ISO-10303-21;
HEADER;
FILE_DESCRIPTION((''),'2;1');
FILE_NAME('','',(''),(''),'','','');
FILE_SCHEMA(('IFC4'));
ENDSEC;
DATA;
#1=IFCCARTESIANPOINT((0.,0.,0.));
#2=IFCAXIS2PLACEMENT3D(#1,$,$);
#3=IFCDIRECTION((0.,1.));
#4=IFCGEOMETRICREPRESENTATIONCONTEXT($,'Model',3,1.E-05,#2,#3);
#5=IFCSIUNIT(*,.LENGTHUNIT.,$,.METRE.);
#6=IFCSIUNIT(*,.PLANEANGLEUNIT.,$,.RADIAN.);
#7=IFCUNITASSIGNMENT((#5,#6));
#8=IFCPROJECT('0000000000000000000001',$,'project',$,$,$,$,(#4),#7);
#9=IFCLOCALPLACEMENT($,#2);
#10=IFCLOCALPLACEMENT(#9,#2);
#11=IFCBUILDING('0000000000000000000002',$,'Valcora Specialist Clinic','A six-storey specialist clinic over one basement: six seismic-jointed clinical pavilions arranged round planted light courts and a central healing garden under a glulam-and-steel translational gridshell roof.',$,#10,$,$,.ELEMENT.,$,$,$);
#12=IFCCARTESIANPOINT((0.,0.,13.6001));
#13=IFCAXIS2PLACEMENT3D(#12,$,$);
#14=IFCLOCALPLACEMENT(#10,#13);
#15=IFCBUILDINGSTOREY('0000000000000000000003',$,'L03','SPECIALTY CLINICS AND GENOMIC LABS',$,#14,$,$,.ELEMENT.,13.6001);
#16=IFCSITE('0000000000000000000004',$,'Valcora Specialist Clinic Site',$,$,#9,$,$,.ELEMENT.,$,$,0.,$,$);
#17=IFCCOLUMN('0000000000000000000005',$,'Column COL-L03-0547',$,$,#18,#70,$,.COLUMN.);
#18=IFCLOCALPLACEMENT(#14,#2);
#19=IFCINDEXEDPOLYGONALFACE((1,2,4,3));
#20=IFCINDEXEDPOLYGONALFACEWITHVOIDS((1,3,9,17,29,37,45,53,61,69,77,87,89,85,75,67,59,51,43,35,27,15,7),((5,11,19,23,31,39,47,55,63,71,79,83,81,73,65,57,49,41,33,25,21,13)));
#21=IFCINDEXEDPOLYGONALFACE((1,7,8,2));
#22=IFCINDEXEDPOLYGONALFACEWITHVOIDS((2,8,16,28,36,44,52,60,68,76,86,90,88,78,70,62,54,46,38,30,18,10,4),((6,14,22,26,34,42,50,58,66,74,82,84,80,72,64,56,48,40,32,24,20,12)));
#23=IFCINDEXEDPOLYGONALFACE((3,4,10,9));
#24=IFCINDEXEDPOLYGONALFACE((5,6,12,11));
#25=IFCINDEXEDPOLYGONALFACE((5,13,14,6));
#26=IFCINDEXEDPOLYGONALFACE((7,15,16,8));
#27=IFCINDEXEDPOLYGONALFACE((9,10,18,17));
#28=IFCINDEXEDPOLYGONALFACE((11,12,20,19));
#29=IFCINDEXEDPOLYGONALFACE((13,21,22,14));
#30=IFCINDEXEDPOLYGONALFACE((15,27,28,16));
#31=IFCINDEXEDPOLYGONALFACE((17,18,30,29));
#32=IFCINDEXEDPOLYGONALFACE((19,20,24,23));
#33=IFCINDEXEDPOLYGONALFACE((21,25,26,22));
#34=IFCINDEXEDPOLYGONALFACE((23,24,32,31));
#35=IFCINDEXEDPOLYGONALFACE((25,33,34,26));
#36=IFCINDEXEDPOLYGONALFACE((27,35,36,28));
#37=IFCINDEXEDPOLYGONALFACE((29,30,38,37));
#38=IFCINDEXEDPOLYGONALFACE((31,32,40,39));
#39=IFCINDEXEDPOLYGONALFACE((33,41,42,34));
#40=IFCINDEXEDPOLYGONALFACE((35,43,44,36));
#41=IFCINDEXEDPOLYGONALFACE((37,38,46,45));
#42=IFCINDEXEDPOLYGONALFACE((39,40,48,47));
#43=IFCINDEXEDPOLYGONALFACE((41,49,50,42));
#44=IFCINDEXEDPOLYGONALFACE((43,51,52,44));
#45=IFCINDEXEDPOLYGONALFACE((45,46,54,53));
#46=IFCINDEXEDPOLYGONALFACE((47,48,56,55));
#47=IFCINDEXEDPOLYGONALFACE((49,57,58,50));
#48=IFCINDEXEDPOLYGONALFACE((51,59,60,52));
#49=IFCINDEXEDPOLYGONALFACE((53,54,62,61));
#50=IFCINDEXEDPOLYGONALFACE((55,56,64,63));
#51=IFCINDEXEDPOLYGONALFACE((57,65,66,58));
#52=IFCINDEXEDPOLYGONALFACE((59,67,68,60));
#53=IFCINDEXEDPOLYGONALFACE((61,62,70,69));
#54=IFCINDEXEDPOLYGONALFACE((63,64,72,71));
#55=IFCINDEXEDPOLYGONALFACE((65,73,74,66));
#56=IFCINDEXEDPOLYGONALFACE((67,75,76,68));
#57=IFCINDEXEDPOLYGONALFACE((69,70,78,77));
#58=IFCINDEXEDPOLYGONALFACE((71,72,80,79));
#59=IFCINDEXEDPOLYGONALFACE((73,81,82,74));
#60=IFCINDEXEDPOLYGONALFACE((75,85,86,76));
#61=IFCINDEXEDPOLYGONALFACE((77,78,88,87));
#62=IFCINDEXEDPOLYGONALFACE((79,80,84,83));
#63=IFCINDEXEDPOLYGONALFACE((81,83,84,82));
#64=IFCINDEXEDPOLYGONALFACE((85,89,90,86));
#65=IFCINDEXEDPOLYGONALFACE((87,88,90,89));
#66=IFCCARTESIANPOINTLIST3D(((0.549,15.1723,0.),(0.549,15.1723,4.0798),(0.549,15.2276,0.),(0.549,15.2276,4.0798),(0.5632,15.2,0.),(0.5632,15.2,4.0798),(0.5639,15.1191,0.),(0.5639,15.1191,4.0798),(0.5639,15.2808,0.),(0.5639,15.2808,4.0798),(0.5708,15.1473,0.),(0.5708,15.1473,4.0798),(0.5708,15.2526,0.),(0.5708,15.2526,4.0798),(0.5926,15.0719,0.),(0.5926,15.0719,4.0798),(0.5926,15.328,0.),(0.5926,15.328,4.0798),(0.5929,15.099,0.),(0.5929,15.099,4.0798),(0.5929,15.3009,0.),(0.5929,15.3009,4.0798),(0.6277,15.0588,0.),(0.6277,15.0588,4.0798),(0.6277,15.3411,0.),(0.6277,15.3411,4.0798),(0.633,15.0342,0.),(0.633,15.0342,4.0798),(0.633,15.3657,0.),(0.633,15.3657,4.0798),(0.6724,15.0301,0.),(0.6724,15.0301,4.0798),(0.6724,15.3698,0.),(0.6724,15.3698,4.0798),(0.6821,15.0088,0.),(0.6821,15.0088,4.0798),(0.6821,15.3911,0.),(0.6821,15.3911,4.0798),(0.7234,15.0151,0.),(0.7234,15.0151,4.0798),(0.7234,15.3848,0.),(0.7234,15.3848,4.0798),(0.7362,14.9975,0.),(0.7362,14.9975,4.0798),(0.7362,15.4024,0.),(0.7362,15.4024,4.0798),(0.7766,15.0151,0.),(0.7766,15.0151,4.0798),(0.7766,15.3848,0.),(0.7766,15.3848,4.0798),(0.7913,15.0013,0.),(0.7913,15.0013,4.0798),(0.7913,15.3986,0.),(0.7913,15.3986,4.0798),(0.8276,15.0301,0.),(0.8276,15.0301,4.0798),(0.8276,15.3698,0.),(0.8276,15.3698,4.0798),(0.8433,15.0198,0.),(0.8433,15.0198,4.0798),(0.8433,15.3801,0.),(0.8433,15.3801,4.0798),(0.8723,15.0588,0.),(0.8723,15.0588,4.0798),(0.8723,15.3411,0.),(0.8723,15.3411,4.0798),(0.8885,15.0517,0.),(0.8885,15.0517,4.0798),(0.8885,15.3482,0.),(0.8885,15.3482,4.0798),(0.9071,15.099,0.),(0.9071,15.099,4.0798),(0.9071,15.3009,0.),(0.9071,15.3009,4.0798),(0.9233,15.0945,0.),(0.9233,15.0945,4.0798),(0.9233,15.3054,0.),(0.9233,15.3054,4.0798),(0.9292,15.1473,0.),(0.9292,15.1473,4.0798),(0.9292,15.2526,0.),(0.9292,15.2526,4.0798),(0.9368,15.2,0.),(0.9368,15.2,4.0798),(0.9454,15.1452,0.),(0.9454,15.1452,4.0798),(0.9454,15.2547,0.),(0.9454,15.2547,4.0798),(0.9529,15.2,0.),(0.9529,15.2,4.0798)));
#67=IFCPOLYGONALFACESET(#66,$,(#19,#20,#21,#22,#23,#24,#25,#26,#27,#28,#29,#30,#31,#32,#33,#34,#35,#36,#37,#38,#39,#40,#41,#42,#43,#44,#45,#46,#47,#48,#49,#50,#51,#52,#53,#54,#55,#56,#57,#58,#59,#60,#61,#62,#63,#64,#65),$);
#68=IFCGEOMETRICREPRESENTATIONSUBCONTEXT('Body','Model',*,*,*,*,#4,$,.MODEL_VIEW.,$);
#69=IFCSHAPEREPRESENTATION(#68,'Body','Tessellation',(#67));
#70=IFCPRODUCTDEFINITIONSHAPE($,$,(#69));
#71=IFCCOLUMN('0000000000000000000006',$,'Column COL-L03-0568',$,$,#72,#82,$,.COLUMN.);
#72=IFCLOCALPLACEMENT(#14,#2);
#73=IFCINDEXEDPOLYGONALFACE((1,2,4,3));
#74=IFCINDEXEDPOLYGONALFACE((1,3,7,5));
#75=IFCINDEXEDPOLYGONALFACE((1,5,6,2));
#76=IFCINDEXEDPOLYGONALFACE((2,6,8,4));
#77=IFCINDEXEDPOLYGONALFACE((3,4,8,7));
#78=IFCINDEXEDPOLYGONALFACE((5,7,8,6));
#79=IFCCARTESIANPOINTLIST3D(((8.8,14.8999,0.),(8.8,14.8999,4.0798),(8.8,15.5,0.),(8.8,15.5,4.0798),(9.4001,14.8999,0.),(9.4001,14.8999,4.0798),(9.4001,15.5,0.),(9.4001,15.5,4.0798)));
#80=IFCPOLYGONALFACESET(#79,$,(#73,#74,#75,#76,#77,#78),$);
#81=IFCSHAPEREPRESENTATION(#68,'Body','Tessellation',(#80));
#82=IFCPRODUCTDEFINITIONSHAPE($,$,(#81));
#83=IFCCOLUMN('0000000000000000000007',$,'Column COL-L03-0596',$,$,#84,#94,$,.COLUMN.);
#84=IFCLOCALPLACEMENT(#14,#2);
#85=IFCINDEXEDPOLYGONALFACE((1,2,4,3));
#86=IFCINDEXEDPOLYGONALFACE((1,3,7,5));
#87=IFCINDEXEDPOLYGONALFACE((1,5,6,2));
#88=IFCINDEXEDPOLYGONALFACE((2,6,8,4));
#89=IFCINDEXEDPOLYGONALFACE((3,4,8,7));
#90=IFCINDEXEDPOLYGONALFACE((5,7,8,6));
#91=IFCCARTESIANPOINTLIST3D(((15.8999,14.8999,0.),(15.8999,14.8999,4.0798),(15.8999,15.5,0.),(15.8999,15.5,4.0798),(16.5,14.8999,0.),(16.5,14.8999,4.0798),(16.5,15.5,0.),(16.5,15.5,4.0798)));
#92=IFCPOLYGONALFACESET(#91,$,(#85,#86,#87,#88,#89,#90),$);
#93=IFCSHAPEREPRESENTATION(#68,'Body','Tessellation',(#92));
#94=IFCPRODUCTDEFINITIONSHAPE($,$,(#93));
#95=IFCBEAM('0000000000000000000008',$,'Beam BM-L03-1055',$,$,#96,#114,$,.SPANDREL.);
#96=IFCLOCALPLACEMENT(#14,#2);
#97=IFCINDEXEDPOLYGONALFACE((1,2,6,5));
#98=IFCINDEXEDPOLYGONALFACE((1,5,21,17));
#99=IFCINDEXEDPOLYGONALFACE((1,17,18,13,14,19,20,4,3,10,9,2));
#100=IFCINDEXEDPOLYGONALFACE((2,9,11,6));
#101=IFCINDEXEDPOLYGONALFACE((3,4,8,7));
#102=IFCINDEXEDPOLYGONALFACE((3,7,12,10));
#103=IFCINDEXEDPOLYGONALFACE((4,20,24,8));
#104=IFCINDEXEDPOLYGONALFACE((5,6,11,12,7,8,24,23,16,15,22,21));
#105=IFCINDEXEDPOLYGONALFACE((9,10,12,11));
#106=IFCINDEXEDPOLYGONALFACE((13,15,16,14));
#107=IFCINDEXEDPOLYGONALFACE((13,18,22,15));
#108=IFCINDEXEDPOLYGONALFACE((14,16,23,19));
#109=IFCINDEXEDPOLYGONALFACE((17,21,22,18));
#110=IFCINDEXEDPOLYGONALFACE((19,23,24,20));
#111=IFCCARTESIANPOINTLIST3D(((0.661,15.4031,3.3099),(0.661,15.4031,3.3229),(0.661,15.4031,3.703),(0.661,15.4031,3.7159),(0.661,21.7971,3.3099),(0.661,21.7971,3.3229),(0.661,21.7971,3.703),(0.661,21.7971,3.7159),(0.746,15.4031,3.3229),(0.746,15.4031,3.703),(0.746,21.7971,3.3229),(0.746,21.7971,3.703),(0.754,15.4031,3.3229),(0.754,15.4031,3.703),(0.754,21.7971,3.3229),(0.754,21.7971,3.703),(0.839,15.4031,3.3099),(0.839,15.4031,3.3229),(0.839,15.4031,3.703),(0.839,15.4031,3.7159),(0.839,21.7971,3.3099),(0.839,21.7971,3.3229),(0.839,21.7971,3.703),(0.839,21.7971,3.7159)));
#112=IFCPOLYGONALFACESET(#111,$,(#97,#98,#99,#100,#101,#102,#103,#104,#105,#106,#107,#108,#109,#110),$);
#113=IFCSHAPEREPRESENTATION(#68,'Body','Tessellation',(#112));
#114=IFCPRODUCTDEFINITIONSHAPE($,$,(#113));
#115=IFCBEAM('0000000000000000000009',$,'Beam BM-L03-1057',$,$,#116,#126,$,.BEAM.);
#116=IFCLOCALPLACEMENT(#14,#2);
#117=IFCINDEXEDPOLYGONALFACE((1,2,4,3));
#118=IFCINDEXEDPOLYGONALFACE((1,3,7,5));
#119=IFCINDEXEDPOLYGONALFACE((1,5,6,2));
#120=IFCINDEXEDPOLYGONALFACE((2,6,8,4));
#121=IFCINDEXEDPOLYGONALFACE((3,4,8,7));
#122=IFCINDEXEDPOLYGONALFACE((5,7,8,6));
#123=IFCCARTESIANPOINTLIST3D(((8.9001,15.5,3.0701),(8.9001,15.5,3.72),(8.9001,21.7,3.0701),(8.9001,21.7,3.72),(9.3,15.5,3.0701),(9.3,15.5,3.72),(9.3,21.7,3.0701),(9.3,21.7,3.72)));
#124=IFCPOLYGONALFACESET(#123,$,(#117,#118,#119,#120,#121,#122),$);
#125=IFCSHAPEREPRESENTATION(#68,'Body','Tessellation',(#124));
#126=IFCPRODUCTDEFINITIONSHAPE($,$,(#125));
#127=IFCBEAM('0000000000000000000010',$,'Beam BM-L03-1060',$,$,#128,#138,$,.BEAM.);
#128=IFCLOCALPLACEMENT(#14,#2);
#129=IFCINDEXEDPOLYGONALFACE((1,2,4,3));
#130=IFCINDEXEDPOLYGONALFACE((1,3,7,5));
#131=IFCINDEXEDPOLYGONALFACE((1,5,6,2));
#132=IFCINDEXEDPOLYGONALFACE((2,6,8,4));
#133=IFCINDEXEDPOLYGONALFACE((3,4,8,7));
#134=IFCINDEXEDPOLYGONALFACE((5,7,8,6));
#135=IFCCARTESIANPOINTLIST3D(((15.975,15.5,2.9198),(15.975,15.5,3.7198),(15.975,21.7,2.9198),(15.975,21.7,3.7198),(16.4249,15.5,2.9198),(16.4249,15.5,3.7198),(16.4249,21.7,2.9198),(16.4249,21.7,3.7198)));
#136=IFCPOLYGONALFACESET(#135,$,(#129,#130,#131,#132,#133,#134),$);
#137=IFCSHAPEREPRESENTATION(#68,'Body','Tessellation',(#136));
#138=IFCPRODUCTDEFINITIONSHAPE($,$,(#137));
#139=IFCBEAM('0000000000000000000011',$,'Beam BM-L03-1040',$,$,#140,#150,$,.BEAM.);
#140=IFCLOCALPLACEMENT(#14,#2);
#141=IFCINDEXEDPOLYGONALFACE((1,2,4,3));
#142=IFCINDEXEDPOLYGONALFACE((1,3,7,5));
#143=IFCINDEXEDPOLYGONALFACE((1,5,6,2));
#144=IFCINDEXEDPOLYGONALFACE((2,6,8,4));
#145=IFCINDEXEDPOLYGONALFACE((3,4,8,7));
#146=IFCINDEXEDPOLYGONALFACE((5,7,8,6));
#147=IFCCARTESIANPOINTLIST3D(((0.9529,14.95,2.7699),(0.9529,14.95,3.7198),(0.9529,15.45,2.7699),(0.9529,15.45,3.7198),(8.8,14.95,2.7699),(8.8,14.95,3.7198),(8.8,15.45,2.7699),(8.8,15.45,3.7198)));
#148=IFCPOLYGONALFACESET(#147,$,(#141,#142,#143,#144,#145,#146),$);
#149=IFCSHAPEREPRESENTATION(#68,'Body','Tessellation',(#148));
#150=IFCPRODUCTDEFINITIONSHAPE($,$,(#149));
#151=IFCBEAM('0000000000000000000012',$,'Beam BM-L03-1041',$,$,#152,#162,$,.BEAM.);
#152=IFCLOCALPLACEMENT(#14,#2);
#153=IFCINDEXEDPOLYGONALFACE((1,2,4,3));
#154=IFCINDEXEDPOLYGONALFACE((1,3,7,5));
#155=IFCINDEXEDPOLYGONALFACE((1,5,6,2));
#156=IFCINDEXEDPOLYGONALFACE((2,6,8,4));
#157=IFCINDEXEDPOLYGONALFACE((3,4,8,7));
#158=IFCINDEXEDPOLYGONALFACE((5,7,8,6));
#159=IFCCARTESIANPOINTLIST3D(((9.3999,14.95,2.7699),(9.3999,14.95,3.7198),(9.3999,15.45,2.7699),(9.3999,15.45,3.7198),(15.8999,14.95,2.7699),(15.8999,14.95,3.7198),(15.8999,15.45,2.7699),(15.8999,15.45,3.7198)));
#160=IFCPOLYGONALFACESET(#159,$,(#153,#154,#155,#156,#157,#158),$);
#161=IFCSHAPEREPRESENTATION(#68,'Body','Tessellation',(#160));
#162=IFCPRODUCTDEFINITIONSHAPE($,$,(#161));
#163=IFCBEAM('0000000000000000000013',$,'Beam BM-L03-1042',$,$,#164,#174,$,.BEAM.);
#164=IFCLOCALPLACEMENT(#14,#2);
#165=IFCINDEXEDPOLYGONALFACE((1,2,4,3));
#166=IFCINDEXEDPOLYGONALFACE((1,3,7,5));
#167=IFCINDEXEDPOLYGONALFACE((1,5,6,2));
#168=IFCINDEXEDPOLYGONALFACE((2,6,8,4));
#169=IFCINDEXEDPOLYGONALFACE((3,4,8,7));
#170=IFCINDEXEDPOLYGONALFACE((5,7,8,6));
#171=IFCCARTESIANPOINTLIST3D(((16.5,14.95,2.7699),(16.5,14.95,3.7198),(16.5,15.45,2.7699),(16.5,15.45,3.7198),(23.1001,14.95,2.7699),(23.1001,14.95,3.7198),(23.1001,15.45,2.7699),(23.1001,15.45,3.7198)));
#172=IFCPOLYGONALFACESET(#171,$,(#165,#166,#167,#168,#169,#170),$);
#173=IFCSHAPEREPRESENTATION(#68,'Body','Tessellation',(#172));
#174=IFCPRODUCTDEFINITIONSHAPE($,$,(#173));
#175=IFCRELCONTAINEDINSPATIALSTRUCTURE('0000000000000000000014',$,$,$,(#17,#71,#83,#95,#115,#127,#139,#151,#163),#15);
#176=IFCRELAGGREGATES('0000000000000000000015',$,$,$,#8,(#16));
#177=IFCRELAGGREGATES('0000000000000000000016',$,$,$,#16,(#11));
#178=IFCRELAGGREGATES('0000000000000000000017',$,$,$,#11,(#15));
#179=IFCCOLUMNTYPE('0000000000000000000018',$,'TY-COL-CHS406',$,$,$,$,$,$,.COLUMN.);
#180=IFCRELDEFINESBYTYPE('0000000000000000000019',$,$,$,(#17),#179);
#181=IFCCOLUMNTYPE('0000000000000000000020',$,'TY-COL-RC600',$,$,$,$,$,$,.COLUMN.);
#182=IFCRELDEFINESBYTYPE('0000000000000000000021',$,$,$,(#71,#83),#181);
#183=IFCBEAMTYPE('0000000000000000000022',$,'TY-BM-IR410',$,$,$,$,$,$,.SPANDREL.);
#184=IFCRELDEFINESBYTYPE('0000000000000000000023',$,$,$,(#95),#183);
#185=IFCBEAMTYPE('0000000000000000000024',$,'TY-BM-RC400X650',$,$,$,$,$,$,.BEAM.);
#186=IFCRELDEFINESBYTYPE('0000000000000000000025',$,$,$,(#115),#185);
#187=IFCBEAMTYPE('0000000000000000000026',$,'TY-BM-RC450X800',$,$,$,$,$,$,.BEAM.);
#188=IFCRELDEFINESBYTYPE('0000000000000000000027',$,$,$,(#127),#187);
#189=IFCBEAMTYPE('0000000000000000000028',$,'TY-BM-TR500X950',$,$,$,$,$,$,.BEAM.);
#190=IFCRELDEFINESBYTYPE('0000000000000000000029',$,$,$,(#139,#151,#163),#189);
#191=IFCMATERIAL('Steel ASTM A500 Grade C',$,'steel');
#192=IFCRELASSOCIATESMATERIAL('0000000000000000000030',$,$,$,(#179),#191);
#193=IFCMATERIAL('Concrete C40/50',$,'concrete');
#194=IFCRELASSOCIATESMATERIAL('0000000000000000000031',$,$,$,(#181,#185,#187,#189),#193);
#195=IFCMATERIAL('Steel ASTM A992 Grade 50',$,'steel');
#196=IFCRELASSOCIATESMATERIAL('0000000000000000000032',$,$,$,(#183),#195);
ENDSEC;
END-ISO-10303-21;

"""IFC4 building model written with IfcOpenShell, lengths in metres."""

from ifc_helpers import new_model, si_unit, direction, frame, origin, origin_2d, place, context, subcontext, project, spatial, rectangle, hollow_circle, i_section, extrude, material, material_profile, profile_set, type_object, element, save


model = new_model("IFC4")

# Units and contexts
model_context = context("Model", 3, precision=1e-05, world=origin(), true_north=direction((0.0, 1.0)))
body_context = subcontext(model_context, "Body", "Model", "MODEL_VIEW")
ifc_project = project(units=[si_unit("LENGTHUNIT", "METRE"), si_unit("PLANEANGLEUNIT", "RADIAN")], contexts=[model_context])

# Site, building, storey
site_placement = place(None, origin())
site = spatial("IfcSite", under=ifc_project, at=site_placement, Name="Valcora Specialist Clinic Site", CompositionType="ELEMENT", RefElevation=0.0)
building_placement = place(site_placement, origin())
building = spatial("IfcBuilding", under=site, at=building_placement, Name="Valcora Specialist Clinic", Description="A six-storey specialist clinic over one basement: six seismic-jointed clinical pavilions arranged round planted light courts and a central healing garden under a glulam-and-steel translational gridshell roof.", CompositionType="ELEMENT")
storey_placement = place(building_placement, frame((0.0, 0.0, 13.6001)))
storey = spatial("IfcBuildingStorey", under=building, at=storey_placement, Name="L03", Description="SPECIALTY CLINICS AND GENOMIC LABS", CompositionType="ELEMENT", Elevation=13.6001)

# Columns
ifc_material_1 = material(Name="Steel ASTM A500 Grade C", Category="steel")
ifc_material_profile_1 = material_profile(ifc_material_1, hollow_circle(Radius=0.2029, WallThickness=0.0161, at=origin_2d()), Name="ST-CHS-406X16")
ifc_profile_set_1 = profile_set([ifc_material_profile_1], Name="Steel ASTM A500 Grade C")
column_type_1 = type_object("IfcColumnType", Name="TY-COL-CHS406", PredefinedType="COLUMN", material=ifc_profile_set_1)
column_placement = place(storey_placement, frame((0.75, 15.2, 0.0), z_axis=(0.0, 0.0, 1.0), x_axis=(1.0, 0.0, 0.0)))
element("IfcColumn", 1, at=column_placement, inside=storey, type_object=column_type_1, Name="Column COL-L03-0547", PredefinedType="COLUMN", context=body_context, shape_type="SweptSolid", body=[
    extrude(hollow_circle(Radius=0.2029, WallThickness=0.0161, at=origin_2d()), origin(), (0.0, 0.0, 1.0), 4.0798),
])
ifc_material_2 = material(Name="Concrete C40/50", Category="concrete")
ifc_material_profile_2 = material_profile(ifc_material_2, rectangle(XDim=0.6001, YDim=0.6001, at=origin_2d()), Name="RC-COL-600X600")
ifc_profile_set_2 = profile_set([ifc_material_profile_2], Name="Concrete C40/50")
column_type_2 = type_object("IfcColumnType", Name="TY-COL-RC600", PredefinedType="COLUMN", material=ifc_profile_set_2)
for number, where, z_axis, x_axis, name in (
    (2, (9.1001, 15.2, 0.0), (0.0, 0.0, 1.0), (1.0, 0.0, 0.0), "Column COL-L03-0568"),
    (3, (16.2, 15.2, 0.0), (0.0, 0.0, 1.0), (1.0, 0.0, 0.0), "Column COL-L03-0596"),
):
    element("IfcColumn", number, at=place(storey_placement, frame(where, z_axis=z_axis, x_axis=x_axis)), inside=storey, type_object=column_type_2, Name=name, PredefinedType="COLUMN", context=body_context, shape_type="SweptSolid", body=[
        extrude(rectangle(XDim=0.6001, YDim=0.6001, at=origin_2d()), origin(), (0.0, 0.0, 1.0), 4.0798),
    ])

# Beams
ifc_material_3 = material(Name="Steel ASTM A992 Grade 50", Category="steel")
ifc_material_profile_3 = material_profile(ifc_material_3, i_section(OverallWidth=0.178, OverallDepth=0.406, WebThickness=0.0081, FlangeThickness=0.0129, at=origin_2d()), Name="ST-IR-410X180")
ifc_profile_set_3 = profile_set([ifc_material_profile_3], Name="Steel ASTM A992 Grade 50")
beam_type_1 = type_object("IfcBeamType", Name="TY-BM-IR410", PredefinedType="SPANDREL", material=ifc_profile_set_3)
beam_1_placement = place(storey_placement, frame((0.75, 15.4031, 3.5129), z_axis=(0.0, 1.0, 0.0), x_axis=(-1.0, 0.0, 0.0)))
element("IfcBeam", 4, at=beam_1_placement, inside=storey, type_object=beam_type_1, Name="Beam BM-L03-1055", PredefinedType="SPANDREL", context=body_context, shape_type="SweptSolid", body=[
    extrude(i_section(OverallWidth=0.178, OverallDepth=0.406, WebThickness=0.0081, FlangeThickness=0.0129, at=origin_2d()), origin(), (0.0, 0.0, 1.0), 6.394),
])
ifc_material_profile_4 = material_profile(ifc_material_2, rectangle(XDim=0.3999, YDim=0.6499, at=origin_2d()), Name="RC-BM-400X650")
ifc_profile_set_4 = profile_set([ifc_material_profile_4], Name="Concrete C40/50")
beam_type_2 = type_object("IfcBeamType", Name="TY-BM-RC400X650", PredefinedType="BEAM", material=ifc_profile_set_4)
beam_2_placement = place(storey_placement, frame((9.1001, 15.5, 3.395), z_axis=(0.0, 1.0, 0.0), x_axis=(-1.0, 0.0, 0.0)))
element("IfcBeam", 5, at=beam_2_placement, inside=storey, type_object=beam_type_2, Name="Beam BM-L03-1057", PredefinedType="BEAM", context=body_context, shape_type="SweptSolid", body=[
    extrude(rectangle(XDim=0.3999, YDim=0.6499, at=origin_2d()), origin(), (0.0, 0.0, 1.0), 6.2),
])
ifc_material_profile_5 = material_profile(ifc_material_2, rectangle(XDim=0.45, YDim=0.8, at=origin_2d()), Name="RC-BM-450X800")
ifc_profile_set_5 = profile_set([ifc_material_profile_5], Name="Concrete C40/50")
beam_type_3 = type_object("IfcBeamType", Name="TY-BM-RC450X800", PredefinedType="BEAM", material=ifc_profile_set_5)
beam_3_placement = place(storey_placement, frame((16.2, 15.5, 3.3198), z_axis=(0.0, 1.0, 0.0), x_axis=(-1.0, 0.0, 0.0)))
element("IfcBeam", 6, at=beam_3_placement, inside=storey, type_object=beam_type_3, Name="Beam BM-L03-1060", PredefinedType="BEAM", context=body_context, shape_type="SweptSolid", body=[
    extrude(rectangle(XDim=0.45, YDim=0.8, at=origin_2d()), origin(), (0.0, 0.0, 1.0), 6.2),
])
ifc_material_profile_6 = material_profile(ifc_material_2, rectangle(XDim=0.5, YDim=0.95, at=origin_2d()), Name="RC-BM-500X950")
ifc_profile_set_6 = profile_set([ifc_material_profile_6], Name="Concrete C40/50")
beam_type_4 = type_object("IfcBeamType", Name="TY-BM-TR500X950", PredefinedType="BEAM", material=ifc_profile_set_6)
beam_4_placement = place(storey_placement, frame((0.9529, 15.2, 3.2449), z_axis=(1.0, 0.0, 0.0), x_axis=(0.0, 1.0, 0.0)))
element("IfcBeam", 7, at=beam_4_placement, inside=storey, type_object=beam_type_4, Name="Beam BM-L03-1040", PredefinedType="BEAM", context=body_context, shape_type="SweptSolid", body=[
    extrude(rectangle(XDim=0.5, YDim=0.95, at=origin_2d()), origin(), (0.0, 0.0, 1.0), 7.8472),
])
beam_5_placement = place(storey_placement, frame((9.3999, 15.2, 3.2449), z_axis=(1.0, 0.0, 0.0), x_axis=(0.0, 1.0, 0.0)))
element("IfcBeam", 8, at=beam_5_placement, inside=storey, type_object=beam_type_4, Name="Beam BM-L03-1041", PredefinedType="BEAM", context=body_context, shape_type="SweptSolid", body=[
    extrude(rectangle(XDim=0.5, YDim=0.95, at=origin_2d()), origin(), (0.0, 0.0, 1.0), 6.5),
])
beam_6_placement = place(storey_placement, frame((16.5, 15.2, 3.2449), z_axis=(1.0, 0.0, 0.0), x_axis=(0.0, 1.0, 0.0)))
element("IfcBeam", 9, at=beam_6_placement, inside=storey, type_object=beam_type_4, Name="Beam BM-L03-1042", PredefinedType="BEAM", context=body_context, shape_type="SweptSolid", body=[
    extrude(rectangle(XDim=0.5, YDim=0.95, at=origin_2d()), origin(), (0.0, 0.0, 1.0), 6.6001),
])

save(model, "model.ifc")
